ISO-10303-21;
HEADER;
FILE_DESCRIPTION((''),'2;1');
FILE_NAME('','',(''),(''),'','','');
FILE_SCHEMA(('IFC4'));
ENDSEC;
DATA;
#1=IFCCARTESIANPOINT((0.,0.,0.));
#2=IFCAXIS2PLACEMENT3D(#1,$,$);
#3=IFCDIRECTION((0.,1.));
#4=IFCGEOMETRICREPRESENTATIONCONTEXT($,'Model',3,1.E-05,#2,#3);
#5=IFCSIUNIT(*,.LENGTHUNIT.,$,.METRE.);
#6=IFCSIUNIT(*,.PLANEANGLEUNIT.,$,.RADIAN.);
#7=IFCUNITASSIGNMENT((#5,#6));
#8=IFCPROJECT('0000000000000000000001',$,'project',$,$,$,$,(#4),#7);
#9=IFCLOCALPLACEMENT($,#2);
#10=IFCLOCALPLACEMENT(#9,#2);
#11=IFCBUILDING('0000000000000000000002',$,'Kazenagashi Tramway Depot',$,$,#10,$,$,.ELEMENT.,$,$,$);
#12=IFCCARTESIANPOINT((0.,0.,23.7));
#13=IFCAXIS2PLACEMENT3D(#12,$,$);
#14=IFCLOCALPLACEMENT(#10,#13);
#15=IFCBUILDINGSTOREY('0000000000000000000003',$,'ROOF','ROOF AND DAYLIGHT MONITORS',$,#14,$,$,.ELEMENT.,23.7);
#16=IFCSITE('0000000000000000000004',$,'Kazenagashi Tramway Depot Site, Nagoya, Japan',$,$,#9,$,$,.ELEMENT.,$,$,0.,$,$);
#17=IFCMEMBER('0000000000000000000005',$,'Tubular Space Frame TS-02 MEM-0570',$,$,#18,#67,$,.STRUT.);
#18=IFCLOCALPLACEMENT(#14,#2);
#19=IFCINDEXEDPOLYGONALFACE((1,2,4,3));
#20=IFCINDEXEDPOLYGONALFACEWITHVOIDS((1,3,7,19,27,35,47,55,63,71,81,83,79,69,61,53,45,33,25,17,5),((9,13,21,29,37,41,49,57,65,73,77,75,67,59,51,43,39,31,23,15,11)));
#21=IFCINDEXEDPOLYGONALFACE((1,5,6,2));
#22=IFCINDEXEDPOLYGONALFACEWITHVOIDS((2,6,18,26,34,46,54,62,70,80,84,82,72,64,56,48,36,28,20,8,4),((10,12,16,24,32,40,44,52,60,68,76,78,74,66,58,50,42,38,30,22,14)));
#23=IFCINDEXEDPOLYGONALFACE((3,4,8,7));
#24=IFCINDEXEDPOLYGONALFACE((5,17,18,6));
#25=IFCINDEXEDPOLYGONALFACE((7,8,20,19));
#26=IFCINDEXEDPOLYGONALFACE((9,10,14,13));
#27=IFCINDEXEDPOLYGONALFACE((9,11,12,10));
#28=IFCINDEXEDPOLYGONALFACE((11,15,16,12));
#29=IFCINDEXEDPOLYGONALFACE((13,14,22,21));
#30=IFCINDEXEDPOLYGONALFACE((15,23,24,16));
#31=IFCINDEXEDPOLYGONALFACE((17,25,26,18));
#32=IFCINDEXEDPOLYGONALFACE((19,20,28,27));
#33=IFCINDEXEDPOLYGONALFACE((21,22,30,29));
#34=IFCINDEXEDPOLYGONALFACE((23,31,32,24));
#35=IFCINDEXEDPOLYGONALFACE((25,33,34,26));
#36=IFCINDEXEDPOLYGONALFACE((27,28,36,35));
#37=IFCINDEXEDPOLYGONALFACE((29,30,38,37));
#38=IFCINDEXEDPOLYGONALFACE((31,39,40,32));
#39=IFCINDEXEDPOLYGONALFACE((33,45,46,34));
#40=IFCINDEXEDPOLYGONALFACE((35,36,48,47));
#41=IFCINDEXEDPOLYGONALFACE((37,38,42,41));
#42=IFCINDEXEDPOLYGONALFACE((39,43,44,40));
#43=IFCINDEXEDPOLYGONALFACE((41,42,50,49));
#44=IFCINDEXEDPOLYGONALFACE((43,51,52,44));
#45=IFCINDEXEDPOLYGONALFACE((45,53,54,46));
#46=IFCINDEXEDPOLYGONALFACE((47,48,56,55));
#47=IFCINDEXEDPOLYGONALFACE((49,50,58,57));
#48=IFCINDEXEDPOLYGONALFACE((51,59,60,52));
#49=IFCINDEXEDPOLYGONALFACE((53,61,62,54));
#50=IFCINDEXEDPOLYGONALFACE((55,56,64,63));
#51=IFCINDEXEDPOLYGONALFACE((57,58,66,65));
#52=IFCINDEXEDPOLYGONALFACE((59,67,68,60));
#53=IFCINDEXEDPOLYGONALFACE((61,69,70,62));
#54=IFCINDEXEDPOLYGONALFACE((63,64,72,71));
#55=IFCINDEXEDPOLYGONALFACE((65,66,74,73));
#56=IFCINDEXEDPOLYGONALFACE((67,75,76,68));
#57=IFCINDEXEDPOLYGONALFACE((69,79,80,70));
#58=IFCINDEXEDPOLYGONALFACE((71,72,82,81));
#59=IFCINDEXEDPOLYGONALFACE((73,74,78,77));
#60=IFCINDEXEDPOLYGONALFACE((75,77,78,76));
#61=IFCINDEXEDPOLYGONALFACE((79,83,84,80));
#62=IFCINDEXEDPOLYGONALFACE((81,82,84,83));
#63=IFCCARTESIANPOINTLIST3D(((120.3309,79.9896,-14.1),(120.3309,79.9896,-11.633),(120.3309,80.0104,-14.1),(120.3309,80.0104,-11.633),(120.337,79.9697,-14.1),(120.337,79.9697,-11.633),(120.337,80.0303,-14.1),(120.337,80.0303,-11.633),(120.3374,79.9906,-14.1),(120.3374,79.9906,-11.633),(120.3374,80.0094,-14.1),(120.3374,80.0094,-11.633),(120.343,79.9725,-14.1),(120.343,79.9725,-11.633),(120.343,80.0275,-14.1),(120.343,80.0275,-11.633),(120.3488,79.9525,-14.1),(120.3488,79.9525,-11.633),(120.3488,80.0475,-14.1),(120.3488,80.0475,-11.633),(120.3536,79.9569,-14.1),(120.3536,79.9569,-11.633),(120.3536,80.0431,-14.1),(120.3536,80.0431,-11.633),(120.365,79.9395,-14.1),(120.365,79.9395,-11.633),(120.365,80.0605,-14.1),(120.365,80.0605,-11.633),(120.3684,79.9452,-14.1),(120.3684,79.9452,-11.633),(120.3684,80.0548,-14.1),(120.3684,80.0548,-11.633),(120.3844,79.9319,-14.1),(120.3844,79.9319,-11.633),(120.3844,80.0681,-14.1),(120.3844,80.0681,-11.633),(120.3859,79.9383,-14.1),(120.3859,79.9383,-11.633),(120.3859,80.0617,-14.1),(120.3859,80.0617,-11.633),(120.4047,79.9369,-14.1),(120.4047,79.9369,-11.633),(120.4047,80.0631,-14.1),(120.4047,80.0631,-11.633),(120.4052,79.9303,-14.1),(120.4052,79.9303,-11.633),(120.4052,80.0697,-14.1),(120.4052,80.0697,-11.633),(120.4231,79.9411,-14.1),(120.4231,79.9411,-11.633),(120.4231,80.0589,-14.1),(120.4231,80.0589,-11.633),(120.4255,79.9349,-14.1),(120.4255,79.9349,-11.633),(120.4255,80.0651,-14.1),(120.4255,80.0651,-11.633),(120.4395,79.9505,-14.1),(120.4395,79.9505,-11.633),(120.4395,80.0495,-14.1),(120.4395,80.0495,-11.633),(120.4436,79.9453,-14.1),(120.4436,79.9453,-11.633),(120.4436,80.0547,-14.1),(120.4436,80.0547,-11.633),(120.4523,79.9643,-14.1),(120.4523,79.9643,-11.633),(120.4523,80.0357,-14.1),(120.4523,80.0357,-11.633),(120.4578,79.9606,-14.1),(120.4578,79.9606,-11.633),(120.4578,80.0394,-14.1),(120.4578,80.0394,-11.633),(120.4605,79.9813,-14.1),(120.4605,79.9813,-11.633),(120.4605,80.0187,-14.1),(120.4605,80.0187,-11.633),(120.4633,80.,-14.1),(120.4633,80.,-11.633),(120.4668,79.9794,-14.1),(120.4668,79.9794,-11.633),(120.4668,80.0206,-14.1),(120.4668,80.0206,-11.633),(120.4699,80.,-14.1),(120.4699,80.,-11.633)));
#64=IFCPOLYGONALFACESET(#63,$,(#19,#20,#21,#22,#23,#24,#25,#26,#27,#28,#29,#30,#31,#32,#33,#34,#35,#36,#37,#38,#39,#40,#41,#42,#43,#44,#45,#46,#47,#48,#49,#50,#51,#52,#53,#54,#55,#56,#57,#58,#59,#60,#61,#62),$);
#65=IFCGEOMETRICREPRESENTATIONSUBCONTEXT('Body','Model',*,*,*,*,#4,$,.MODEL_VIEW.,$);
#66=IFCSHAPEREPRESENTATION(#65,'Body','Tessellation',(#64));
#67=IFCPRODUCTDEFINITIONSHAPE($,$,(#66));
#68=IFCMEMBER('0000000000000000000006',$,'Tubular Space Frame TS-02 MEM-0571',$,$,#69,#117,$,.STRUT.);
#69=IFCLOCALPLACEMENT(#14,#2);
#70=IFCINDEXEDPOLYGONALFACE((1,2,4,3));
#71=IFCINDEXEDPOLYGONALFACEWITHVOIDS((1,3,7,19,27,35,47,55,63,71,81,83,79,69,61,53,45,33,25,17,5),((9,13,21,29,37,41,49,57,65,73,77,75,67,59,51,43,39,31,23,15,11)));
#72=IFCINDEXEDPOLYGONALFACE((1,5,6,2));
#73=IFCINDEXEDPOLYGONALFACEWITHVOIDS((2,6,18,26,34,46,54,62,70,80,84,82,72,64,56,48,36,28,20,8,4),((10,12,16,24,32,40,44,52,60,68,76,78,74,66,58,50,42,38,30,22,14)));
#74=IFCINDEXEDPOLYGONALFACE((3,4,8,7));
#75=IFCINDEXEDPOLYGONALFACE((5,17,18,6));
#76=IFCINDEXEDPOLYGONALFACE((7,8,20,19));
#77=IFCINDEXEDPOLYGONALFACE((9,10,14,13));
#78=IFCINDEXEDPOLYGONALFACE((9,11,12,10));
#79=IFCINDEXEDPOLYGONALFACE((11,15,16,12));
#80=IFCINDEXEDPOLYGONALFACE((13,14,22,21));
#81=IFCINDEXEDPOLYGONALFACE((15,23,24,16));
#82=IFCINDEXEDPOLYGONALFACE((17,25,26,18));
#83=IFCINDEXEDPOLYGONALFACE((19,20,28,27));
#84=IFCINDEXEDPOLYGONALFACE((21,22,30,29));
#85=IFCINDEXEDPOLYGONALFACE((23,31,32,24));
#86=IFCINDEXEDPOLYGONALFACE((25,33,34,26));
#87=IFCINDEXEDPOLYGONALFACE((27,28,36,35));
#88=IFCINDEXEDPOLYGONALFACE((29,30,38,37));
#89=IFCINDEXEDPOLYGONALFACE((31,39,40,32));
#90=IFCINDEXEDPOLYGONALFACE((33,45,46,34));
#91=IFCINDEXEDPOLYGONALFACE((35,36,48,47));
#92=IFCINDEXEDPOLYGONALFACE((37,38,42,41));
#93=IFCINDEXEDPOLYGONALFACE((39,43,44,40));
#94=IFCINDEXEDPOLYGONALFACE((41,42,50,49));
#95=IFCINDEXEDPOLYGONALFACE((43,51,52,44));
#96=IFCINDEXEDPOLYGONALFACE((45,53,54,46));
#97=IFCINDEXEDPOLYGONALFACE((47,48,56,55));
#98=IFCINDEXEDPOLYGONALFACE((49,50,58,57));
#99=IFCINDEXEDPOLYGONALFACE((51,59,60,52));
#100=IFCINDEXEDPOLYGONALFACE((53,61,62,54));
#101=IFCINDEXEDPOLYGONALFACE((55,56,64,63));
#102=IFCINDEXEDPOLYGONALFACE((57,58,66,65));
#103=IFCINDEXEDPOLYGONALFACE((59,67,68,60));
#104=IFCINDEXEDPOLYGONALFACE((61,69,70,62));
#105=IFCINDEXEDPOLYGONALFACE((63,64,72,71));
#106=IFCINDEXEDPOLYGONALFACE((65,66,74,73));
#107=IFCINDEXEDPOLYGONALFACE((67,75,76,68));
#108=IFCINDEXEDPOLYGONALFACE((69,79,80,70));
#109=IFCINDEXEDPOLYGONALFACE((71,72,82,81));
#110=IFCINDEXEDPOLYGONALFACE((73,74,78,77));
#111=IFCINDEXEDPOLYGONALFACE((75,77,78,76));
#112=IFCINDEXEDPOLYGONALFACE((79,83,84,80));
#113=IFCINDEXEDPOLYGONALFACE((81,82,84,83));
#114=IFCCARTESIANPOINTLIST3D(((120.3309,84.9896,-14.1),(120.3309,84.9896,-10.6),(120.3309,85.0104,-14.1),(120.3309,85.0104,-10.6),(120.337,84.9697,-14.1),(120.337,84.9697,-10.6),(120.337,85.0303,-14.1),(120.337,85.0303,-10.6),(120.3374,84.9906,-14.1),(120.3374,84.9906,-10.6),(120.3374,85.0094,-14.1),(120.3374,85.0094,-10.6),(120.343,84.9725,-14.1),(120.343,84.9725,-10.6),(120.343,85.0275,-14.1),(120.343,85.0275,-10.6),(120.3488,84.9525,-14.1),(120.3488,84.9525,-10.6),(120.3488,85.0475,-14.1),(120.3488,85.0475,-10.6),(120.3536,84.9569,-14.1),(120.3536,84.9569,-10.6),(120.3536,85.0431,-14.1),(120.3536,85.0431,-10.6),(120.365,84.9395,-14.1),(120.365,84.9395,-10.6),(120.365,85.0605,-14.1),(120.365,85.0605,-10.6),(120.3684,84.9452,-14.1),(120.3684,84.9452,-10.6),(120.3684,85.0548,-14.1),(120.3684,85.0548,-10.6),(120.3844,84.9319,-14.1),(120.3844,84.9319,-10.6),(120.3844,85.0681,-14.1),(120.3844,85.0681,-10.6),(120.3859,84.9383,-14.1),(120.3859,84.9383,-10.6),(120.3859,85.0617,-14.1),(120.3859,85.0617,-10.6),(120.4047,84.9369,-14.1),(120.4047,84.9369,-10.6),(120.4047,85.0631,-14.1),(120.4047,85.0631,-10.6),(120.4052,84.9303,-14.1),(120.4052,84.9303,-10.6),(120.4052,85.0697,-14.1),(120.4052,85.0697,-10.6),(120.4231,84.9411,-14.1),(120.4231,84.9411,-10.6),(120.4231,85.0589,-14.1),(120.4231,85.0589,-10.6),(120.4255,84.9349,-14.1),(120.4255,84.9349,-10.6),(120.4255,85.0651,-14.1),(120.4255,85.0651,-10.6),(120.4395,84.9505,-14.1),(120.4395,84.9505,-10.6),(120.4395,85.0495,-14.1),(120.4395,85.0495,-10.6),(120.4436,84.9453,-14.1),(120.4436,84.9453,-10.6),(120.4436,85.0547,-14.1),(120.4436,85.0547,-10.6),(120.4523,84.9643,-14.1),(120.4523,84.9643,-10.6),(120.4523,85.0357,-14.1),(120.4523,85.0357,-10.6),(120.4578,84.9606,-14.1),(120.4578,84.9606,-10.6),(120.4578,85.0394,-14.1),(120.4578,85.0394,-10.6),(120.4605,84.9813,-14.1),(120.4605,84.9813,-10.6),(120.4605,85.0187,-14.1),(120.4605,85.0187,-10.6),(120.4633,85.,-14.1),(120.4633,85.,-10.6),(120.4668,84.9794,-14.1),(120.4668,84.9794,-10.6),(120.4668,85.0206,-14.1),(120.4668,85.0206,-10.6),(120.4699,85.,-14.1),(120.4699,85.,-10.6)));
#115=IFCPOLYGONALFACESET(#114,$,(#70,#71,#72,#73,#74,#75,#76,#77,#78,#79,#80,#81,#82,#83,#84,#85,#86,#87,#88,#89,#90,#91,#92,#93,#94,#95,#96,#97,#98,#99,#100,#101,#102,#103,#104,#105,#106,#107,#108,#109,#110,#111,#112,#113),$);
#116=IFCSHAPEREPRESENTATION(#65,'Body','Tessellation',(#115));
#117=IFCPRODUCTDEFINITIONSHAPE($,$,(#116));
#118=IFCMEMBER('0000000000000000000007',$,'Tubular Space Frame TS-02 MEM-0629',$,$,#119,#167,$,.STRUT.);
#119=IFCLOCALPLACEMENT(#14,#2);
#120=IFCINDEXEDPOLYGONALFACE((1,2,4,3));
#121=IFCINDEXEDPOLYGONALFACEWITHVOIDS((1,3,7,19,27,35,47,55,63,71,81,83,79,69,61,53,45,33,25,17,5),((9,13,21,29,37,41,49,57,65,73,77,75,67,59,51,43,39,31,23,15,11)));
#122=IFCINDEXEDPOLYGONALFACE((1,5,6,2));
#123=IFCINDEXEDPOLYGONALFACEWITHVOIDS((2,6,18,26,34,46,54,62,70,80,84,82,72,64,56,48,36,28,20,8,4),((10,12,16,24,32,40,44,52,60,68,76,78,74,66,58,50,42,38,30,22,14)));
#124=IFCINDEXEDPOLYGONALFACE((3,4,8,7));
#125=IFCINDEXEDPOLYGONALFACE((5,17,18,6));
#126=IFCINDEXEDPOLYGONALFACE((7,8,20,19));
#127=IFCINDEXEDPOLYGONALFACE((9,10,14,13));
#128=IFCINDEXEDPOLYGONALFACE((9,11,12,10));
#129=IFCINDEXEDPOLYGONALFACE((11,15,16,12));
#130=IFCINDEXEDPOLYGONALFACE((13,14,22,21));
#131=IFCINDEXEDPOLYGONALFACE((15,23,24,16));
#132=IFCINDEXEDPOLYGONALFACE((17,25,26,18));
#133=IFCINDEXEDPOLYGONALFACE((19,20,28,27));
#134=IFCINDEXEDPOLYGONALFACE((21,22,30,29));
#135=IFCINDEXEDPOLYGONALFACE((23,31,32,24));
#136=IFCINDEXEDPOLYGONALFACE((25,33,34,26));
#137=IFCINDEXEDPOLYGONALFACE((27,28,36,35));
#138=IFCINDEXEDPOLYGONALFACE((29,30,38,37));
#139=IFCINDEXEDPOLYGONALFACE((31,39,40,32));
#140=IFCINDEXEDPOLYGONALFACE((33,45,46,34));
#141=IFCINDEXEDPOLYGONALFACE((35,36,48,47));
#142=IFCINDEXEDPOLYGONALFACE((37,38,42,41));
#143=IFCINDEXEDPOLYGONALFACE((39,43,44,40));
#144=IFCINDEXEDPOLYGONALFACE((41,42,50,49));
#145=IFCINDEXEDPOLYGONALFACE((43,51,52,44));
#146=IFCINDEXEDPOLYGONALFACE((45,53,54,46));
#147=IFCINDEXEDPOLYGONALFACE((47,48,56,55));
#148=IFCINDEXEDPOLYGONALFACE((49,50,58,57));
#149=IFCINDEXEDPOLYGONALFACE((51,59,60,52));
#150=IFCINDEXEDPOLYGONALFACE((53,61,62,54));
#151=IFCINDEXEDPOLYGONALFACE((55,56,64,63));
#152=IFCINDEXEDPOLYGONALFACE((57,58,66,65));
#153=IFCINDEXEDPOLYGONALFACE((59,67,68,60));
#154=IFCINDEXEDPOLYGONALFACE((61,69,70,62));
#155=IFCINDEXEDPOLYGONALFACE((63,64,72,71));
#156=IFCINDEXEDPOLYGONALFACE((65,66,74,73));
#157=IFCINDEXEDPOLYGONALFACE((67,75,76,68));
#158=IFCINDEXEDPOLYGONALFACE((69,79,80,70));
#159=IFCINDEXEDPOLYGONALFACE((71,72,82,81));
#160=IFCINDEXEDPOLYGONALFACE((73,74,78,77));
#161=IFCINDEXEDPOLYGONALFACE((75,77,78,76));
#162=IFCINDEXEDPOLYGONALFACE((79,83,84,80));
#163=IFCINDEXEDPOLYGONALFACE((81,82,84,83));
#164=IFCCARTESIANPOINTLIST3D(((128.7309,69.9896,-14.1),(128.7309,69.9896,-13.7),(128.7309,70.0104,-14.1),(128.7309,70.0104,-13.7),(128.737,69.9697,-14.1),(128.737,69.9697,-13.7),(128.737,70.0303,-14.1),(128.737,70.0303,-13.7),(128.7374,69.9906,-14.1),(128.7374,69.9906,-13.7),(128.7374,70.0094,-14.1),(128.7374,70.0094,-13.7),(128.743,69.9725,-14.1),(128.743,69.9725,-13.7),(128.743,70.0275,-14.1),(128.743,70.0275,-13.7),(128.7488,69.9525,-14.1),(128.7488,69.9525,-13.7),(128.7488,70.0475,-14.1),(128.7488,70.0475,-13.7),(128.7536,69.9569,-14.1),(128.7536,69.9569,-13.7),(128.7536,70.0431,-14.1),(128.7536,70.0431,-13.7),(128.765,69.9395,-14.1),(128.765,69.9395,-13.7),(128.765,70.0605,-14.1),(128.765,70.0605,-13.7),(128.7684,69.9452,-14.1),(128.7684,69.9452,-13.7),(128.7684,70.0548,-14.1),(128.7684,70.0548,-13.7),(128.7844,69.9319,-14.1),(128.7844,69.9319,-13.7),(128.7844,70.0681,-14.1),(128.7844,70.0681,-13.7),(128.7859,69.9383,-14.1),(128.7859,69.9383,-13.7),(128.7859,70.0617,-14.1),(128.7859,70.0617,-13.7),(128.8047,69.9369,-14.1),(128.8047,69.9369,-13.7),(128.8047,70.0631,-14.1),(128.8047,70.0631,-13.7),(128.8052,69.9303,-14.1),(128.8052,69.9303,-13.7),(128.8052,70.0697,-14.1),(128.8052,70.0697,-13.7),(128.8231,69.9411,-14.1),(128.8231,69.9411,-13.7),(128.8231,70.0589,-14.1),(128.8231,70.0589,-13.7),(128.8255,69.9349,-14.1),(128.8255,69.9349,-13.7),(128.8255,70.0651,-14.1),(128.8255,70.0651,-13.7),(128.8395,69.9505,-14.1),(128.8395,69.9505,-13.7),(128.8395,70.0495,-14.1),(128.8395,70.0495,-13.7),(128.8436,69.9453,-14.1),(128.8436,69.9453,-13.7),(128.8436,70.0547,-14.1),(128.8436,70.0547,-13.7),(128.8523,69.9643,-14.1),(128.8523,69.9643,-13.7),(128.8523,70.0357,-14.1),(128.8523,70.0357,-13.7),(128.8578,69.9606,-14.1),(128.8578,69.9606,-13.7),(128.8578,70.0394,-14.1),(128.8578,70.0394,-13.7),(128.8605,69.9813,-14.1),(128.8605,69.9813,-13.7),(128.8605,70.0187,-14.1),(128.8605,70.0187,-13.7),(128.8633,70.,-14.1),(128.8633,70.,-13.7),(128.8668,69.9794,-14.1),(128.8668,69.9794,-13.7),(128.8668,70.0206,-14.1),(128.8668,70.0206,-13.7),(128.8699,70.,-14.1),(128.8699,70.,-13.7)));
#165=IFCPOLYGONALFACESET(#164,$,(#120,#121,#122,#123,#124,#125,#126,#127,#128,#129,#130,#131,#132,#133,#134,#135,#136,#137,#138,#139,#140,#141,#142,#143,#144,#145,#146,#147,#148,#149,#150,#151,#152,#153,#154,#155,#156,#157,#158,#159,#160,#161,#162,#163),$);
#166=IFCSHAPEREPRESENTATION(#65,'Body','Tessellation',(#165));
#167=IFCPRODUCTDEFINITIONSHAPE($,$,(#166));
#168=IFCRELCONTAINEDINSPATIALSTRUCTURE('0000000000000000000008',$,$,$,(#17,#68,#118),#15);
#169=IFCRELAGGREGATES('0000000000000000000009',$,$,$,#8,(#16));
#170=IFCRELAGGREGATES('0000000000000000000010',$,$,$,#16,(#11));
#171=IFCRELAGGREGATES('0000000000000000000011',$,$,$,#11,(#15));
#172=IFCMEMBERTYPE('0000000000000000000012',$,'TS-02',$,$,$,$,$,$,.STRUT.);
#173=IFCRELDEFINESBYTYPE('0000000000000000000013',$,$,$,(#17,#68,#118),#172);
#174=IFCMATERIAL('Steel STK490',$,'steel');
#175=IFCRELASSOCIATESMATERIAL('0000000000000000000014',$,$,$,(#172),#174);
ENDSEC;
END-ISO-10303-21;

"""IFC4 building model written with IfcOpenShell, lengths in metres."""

from ifc_helpers import new_model, si_unit, direction, frame, origin, origin_2d, place, context, subcontext, project, spatial, hollow_circle, extrude, material, material_profile, profile_set, type_object, element, save


model = new_model("IFC4")

# Units and contexts
model_context = context("Model", 3, precision=1e-05, world=origin(), true_north=direction((0.0, 1.0)))
body_context = subcontext(model_context, "Body", "Model", "MODEL_VIEW")
ifc_project = project(units=[si_unit("LENGTHUNIT", "METRE"), si_unit("PLANEANGLEUNIT", "RADIAN")], contexts=[model_context])

# Site, building, storey
site_placement = place(None, origin())
site = spatial("IfcSite", under=ifc_project, at=site_placement, Name="Kazenagashi Tramway Depot Site, Nagoya, Japan", CompositionType="ELEMENT", RefElevation=0.0)
building_placement = place(site_placement, origin())
building = spatial("IfcBuilding", under=site, at=building_placement, Name="Kazenagashi Tramway Depot", CompositionType="ELEMENT")
storey_placement = place(building_placement, frame((0.0, 0.0, 23.7)))
storey = spatial("IfcBuildingStorey", under=building, at=storey_placement, Name="ROOF", Description="ROOF AND DAYLIGHT MONITORS", CompositionType="ELEMENT", Elevation=23.7)

# Members
ifc_material_1 = material(Name="Steel STK490", Category="steel")
ifc_material_profile_1 = material_profile(ifc_material_1, hollow_circle(Radius=0.0699, WallThickness=0.0066, at=origin_2d()), Name="CHS-139.8x6.6")
ifc_profile_set_1 = profile_set([ifc_material_profile_1], Name="Steel STK490")
member_type_1 = type_object("IfcMemberType", Name="TS-02", PredefinedType="STRUT", material=ifc_profile_set_1)
member_1_placement = place(storey_placement, frame((120.4, 80.0, -14.1), z_axis=(0.0, 0.0, 1.0), x_axis=(1.0, 0.0, 0.0)))
element("IfcMember", 1, at=member_1_placement, inside=storey, type_object=member_type_1, Name="Tubular Space Frame TS-02 MEM-0570", PredefinedType="STRUT", context=body_context, shape_type="SweptSolid", body=[
    extrude(hollow_circle(Radius=0.0699, WallThickness=0.0066, at=origin_2d()), origin(), (0.0, 0.0, 1.0), 2.467),
])
member_2_placement = place(storey_placement, frame((120.4, 85.0, -14.1), z_axis=(0.0, 0.0, 1.0), x_axis=(1.0, 0.0, 0.0)))
element("IfcMember", 2, at=member_2_placement, inside=storey, type_object=member_type_1, Name="Tubular Space Frame TS-02 MEM-0571", PredefinedType="STRUT", context=body_context, shape_type="SweptSolid", body=[
    extrude(hollow_circle(Radius=0.0699, WallThickness=0.0066, at=origin_2d()), origin(), (0.0, 0.0, 1.0), 3.5),
])
member_3_placement = place(storey_placement, frame((128.8, 70.0, -14.1), z_axis=(0.0, 0.0, 1.0), x_axis=(1.0, 0.0, 0.0)))
element("IfcMember", 3, at=member_3_placement, inside=storey, type_object=member_type_1, Name="Tubular Space Frame TS-02 MEM-0629", PredefinedType="STRUT", context=body_context, shape_type="SweptSolid", body=[
    extrude(hollow_circle(Radius=0.0699, WallThickness=0.0066, at=origin_2d()), origin(), (0.0, 0.0, 1.0), 0.4),
])

save(model, "model.ifc")
